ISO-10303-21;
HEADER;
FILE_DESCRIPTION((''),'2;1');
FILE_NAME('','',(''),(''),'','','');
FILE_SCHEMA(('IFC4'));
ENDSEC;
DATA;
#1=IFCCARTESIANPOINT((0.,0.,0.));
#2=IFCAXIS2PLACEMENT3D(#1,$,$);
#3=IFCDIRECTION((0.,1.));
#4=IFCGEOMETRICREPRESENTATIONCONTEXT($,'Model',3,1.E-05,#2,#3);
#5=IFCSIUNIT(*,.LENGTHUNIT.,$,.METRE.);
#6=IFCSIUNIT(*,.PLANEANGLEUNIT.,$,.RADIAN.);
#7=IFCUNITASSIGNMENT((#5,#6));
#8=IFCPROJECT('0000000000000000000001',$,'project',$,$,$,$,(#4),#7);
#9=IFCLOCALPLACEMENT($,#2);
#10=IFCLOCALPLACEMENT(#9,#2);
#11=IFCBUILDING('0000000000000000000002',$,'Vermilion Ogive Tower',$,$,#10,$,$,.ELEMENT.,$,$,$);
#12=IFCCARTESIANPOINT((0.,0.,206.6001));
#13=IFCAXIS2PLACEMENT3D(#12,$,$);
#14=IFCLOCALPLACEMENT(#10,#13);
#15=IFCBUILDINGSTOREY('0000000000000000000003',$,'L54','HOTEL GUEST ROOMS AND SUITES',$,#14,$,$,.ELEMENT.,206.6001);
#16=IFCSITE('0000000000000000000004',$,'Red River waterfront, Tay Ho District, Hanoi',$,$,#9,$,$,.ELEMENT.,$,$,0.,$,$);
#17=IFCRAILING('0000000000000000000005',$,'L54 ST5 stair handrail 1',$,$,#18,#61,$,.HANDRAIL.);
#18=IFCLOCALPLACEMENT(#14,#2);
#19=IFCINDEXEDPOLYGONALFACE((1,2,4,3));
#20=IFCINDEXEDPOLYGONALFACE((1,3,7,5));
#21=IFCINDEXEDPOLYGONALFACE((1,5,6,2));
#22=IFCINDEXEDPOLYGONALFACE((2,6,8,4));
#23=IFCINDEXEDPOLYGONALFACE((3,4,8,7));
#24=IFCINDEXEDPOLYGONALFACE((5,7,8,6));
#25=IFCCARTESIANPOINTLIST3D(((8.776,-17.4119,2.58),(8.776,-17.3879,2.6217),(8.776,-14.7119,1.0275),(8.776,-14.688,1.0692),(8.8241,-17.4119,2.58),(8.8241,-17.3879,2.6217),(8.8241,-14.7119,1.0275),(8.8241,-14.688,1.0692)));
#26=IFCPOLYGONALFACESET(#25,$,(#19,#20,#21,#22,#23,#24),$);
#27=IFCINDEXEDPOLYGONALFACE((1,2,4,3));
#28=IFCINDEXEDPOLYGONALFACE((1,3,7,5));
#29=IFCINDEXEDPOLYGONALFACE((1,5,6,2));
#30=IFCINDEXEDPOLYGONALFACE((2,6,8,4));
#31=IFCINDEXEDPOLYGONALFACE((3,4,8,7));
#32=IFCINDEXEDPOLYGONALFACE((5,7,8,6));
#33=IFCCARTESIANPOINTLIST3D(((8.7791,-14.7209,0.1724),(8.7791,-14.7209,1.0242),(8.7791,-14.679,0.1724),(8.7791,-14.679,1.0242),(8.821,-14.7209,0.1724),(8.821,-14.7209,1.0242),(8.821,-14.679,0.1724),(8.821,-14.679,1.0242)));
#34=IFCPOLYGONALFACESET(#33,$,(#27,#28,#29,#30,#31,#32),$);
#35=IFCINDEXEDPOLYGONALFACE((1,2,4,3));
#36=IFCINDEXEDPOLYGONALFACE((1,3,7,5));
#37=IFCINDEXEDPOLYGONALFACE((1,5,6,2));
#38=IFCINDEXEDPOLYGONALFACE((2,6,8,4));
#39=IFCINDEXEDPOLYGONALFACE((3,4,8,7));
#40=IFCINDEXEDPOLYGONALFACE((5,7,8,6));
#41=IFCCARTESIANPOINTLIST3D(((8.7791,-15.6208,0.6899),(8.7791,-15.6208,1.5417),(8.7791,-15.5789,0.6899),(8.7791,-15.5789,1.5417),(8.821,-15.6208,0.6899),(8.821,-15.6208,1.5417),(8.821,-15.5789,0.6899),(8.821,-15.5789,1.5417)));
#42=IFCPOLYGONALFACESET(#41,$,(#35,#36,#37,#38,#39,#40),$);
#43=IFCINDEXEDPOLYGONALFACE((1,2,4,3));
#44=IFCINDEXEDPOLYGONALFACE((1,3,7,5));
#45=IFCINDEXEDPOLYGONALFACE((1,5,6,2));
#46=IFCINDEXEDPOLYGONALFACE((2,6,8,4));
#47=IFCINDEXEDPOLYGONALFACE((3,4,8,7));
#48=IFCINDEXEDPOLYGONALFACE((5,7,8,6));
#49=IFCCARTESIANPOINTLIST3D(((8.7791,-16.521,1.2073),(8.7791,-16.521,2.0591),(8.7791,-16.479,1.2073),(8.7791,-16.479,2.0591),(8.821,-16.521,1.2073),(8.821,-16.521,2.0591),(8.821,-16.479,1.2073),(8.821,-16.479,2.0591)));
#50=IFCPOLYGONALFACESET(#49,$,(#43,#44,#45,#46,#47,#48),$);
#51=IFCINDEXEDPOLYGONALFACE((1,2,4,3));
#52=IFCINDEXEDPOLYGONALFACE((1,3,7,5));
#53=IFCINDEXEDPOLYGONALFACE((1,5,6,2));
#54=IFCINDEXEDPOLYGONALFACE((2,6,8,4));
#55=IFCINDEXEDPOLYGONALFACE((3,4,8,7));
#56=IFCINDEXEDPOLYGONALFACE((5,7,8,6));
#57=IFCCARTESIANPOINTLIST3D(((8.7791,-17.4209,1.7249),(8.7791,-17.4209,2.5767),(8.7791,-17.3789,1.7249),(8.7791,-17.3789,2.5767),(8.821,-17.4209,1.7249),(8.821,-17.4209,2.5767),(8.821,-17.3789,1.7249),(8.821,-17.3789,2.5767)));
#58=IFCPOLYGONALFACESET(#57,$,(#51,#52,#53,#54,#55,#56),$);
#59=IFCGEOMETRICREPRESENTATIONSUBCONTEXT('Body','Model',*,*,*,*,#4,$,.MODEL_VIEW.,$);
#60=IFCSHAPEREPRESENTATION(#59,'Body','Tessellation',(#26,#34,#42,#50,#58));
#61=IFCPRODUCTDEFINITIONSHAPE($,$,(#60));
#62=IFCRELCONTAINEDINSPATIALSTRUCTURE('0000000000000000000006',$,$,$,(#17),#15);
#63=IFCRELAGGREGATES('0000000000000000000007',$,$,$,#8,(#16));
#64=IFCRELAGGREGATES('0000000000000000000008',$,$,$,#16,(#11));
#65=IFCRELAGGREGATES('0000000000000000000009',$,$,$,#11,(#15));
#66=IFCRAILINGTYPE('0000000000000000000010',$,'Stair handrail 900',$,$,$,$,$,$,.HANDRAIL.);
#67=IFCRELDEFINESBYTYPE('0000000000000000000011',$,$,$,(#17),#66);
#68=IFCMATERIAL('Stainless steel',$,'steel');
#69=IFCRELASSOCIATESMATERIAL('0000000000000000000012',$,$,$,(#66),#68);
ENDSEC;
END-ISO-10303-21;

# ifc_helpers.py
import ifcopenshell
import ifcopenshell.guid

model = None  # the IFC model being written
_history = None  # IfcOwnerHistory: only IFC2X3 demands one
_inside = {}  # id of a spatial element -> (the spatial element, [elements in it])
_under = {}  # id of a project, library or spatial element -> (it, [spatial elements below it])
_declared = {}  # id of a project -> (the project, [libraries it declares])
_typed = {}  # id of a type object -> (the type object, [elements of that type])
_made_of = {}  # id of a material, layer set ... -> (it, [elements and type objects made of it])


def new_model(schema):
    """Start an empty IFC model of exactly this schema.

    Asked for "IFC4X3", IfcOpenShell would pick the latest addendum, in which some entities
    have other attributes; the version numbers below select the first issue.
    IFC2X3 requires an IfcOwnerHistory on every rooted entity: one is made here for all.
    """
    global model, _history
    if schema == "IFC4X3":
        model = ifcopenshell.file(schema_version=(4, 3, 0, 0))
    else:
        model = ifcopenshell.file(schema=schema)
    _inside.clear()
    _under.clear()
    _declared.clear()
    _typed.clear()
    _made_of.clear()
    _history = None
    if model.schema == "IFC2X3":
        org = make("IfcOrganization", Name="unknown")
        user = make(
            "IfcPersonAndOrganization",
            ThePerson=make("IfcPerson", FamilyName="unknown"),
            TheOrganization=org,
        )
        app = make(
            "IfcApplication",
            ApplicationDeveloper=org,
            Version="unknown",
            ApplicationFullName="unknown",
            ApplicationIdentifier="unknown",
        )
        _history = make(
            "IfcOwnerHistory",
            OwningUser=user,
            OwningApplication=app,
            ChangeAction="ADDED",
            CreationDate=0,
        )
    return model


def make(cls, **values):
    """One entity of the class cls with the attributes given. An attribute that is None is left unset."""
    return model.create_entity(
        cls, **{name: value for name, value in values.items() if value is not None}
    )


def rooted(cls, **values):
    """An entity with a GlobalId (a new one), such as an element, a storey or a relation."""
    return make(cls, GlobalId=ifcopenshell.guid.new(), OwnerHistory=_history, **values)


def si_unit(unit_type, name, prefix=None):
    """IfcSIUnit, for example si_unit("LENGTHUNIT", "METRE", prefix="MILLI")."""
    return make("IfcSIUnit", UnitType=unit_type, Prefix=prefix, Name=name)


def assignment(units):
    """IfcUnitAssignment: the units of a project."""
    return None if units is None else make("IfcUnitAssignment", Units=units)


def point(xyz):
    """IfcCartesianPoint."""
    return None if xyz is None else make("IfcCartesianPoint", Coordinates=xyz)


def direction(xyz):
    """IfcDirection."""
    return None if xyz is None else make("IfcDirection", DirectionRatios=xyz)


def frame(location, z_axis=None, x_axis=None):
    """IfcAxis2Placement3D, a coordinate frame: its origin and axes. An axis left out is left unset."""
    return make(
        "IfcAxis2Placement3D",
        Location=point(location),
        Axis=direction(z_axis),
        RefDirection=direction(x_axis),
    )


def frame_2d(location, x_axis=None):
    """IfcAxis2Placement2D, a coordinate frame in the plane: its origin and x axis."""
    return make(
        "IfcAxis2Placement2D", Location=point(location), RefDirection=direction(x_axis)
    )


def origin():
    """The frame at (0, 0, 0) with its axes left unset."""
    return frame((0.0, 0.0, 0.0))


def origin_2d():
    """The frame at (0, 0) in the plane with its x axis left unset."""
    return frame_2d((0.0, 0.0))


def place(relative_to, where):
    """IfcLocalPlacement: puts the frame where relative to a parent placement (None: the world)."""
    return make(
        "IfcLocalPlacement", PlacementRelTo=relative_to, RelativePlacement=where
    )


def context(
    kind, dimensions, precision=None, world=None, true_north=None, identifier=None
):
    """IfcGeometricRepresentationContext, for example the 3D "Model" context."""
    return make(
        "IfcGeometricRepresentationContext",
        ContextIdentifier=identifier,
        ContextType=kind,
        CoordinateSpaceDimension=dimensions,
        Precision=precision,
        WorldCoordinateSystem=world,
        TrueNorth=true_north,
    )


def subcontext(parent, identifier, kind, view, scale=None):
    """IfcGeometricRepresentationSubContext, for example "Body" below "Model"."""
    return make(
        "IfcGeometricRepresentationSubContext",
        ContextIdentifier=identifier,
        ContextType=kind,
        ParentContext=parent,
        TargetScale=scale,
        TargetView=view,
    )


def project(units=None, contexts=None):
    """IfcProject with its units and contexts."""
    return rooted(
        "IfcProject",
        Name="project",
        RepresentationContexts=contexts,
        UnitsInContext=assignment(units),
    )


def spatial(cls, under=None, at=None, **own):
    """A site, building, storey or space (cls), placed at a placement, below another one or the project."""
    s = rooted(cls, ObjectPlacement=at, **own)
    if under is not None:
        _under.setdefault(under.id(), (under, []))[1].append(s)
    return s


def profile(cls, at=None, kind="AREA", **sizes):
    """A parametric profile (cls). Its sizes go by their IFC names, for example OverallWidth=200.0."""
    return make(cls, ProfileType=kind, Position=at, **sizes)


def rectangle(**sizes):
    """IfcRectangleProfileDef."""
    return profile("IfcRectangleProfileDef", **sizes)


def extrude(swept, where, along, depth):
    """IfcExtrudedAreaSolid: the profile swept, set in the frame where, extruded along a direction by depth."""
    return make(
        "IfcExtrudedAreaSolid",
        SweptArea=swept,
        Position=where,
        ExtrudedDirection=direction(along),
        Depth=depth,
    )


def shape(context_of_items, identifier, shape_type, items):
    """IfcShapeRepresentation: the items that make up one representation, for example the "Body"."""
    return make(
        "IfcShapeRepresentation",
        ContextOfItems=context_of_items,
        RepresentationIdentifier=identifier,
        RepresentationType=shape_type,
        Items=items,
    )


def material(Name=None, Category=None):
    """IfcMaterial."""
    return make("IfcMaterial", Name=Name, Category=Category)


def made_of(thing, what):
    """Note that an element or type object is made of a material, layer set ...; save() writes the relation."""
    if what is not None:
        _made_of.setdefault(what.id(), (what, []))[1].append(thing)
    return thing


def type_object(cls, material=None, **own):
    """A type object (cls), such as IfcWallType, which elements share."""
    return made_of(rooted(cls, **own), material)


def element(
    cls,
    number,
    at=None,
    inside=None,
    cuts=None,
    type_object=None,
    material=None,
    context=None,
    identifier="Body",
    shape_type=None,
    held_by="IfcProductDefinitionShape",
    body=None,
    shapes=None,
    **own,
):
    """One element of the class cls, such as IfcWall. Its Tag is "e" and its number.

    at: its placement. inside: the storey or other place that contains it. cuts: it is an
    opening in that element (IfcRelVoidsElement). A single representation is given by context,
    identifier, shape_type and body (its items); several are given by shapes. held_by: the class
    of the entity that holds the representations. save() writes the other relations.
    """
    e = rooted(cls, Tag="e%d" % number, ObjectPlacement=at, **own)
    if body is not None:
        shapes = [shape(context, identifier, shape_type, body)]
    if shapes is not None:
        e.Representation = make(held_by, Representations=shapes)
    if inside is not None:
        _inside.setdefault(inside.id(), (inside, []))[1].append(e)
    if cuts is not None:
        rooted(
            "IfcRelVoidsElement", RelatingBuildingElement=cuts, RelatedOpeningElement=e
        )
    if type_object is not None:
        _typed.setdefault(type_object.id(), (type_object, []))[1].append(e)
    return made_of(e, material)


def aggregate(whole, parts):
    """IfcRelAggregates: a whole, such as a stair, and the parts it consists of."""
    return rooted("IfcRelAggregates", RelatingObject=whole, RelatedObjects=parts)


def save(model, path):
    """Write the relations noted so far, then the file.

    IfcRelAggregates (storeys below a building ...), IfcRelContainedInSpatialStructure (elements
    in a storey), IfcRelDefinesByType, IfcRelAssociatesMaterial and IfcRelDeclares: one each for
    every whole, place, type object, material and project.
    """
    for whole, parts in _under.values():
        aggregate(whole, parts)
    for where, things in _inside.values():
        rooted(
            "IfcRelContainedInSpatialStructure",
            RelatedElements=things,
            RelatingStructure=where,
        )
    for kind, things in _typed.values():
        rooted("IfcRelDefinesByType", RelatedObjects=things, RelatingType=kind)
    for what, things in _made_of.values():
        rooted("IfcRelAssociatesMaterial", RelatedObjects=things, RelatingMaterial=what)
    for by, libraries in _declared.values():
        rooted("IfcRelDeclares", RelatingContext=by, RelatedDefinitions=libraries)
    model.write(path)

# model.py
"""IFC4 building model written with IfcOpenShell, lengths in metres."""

from ifc_helpers import new_model, si_unit, direction, frame, origin, origin_2d, place, context, subcontext, project, spatial, rectangle, extrude, material, type_object, element, save


model = new_model("IFC4")

# Units and contexts
model_context = context("Model", 3, precision=1e-05, world=origin(), true_north=direction((0.0, 1.0)))
body_context = subcontext(model_context, "Body", "Model", "MODEL_VIEW")
ifc_project = project(units=[si_unit("LENGTHUNIT", "METRE"), si_unit("PLANEANGLEUNIT", "RADIAN")], contexts=[model_context])

# Site, building, storey
site_placement = place(None, origin())
site = spatial("IfcSite", under=ifc_project, at=site_placement, Name="Red River waterfront, Tay Ho District, Hanoi", CompositionType="ELEMENT", RefElevation=0.0)
building_placement = place(site_placement, origin())
building = spatial("IfcBuilding", under=site, at=building_placement, Name="Vermilion Ogive Tower", CompositionType="ELEMENT")
storey_placement = place(building_placement, frame((0.0, 0.0, 206.6001)))
storey = spatial("IfcBuildingStorey", under=building, at=storey_placement, Name="L54", Description="HOTEL GUEST ROOMS AND SUITES", CompositionType="ELEMENT", Elevation=206.6001)

# Railing
ifc_material_1 = material(Name="Stainless steel", Category="steel")
railing_type_1 = type_object("IfcRailingType", Name="Stair handrail 900", PredefinedType="HANDRAIL", material=ifc_material_1)
railing_1_placement = place(storey_placement, frame((8.8, -14.7, 0.1724)))
element("IfcRailing", 1, at=railing_1_placement, inside=storey, type_object=railing_type_1, Name="L54 ST5 stair handrail 1", PredefinedType="HANDRAIL", context=body_context, shape_type="SweptSolid", body=[
    extrude(rectangle(XDim=0.0481, YDim=0.0481, at=origin_2d()), frame((0.0, 0.0, 0.876), z_axis=(0.0, -0.866904, 0.498476), x_axis=(1.0, 0.0, 0.0)), (0.0, 0.0, 1.0), 3.1145),
    extrude(rectangle(XDim=0.042, YDim=0.042, at=origin_2d()), origin(), (0.0, 0.0, 1.0), 0.8518),
    extrude(rectangle(XDim=0.042, YDim=0.042, at=origin_2d()), frame((0.0, -0.8999, 0.5176)), (0.0, 0.0, 1.0), 0.8518),
    extrude(rectangle(XDim=0.042, YDim=0.042, at=origin_2d()), frame((0.0, -1.8, 1.0349)), (0.0, 0.0, 1.0), 0.8518),
    extrude(rectangle(XDim=0.042, YDim=0.042, at=origin_2d()), frame((0.0, -2.7, 1.5525)), (0.0, 0.0, 1.0), 0.8518),
])

save(model, "model.ifc")
